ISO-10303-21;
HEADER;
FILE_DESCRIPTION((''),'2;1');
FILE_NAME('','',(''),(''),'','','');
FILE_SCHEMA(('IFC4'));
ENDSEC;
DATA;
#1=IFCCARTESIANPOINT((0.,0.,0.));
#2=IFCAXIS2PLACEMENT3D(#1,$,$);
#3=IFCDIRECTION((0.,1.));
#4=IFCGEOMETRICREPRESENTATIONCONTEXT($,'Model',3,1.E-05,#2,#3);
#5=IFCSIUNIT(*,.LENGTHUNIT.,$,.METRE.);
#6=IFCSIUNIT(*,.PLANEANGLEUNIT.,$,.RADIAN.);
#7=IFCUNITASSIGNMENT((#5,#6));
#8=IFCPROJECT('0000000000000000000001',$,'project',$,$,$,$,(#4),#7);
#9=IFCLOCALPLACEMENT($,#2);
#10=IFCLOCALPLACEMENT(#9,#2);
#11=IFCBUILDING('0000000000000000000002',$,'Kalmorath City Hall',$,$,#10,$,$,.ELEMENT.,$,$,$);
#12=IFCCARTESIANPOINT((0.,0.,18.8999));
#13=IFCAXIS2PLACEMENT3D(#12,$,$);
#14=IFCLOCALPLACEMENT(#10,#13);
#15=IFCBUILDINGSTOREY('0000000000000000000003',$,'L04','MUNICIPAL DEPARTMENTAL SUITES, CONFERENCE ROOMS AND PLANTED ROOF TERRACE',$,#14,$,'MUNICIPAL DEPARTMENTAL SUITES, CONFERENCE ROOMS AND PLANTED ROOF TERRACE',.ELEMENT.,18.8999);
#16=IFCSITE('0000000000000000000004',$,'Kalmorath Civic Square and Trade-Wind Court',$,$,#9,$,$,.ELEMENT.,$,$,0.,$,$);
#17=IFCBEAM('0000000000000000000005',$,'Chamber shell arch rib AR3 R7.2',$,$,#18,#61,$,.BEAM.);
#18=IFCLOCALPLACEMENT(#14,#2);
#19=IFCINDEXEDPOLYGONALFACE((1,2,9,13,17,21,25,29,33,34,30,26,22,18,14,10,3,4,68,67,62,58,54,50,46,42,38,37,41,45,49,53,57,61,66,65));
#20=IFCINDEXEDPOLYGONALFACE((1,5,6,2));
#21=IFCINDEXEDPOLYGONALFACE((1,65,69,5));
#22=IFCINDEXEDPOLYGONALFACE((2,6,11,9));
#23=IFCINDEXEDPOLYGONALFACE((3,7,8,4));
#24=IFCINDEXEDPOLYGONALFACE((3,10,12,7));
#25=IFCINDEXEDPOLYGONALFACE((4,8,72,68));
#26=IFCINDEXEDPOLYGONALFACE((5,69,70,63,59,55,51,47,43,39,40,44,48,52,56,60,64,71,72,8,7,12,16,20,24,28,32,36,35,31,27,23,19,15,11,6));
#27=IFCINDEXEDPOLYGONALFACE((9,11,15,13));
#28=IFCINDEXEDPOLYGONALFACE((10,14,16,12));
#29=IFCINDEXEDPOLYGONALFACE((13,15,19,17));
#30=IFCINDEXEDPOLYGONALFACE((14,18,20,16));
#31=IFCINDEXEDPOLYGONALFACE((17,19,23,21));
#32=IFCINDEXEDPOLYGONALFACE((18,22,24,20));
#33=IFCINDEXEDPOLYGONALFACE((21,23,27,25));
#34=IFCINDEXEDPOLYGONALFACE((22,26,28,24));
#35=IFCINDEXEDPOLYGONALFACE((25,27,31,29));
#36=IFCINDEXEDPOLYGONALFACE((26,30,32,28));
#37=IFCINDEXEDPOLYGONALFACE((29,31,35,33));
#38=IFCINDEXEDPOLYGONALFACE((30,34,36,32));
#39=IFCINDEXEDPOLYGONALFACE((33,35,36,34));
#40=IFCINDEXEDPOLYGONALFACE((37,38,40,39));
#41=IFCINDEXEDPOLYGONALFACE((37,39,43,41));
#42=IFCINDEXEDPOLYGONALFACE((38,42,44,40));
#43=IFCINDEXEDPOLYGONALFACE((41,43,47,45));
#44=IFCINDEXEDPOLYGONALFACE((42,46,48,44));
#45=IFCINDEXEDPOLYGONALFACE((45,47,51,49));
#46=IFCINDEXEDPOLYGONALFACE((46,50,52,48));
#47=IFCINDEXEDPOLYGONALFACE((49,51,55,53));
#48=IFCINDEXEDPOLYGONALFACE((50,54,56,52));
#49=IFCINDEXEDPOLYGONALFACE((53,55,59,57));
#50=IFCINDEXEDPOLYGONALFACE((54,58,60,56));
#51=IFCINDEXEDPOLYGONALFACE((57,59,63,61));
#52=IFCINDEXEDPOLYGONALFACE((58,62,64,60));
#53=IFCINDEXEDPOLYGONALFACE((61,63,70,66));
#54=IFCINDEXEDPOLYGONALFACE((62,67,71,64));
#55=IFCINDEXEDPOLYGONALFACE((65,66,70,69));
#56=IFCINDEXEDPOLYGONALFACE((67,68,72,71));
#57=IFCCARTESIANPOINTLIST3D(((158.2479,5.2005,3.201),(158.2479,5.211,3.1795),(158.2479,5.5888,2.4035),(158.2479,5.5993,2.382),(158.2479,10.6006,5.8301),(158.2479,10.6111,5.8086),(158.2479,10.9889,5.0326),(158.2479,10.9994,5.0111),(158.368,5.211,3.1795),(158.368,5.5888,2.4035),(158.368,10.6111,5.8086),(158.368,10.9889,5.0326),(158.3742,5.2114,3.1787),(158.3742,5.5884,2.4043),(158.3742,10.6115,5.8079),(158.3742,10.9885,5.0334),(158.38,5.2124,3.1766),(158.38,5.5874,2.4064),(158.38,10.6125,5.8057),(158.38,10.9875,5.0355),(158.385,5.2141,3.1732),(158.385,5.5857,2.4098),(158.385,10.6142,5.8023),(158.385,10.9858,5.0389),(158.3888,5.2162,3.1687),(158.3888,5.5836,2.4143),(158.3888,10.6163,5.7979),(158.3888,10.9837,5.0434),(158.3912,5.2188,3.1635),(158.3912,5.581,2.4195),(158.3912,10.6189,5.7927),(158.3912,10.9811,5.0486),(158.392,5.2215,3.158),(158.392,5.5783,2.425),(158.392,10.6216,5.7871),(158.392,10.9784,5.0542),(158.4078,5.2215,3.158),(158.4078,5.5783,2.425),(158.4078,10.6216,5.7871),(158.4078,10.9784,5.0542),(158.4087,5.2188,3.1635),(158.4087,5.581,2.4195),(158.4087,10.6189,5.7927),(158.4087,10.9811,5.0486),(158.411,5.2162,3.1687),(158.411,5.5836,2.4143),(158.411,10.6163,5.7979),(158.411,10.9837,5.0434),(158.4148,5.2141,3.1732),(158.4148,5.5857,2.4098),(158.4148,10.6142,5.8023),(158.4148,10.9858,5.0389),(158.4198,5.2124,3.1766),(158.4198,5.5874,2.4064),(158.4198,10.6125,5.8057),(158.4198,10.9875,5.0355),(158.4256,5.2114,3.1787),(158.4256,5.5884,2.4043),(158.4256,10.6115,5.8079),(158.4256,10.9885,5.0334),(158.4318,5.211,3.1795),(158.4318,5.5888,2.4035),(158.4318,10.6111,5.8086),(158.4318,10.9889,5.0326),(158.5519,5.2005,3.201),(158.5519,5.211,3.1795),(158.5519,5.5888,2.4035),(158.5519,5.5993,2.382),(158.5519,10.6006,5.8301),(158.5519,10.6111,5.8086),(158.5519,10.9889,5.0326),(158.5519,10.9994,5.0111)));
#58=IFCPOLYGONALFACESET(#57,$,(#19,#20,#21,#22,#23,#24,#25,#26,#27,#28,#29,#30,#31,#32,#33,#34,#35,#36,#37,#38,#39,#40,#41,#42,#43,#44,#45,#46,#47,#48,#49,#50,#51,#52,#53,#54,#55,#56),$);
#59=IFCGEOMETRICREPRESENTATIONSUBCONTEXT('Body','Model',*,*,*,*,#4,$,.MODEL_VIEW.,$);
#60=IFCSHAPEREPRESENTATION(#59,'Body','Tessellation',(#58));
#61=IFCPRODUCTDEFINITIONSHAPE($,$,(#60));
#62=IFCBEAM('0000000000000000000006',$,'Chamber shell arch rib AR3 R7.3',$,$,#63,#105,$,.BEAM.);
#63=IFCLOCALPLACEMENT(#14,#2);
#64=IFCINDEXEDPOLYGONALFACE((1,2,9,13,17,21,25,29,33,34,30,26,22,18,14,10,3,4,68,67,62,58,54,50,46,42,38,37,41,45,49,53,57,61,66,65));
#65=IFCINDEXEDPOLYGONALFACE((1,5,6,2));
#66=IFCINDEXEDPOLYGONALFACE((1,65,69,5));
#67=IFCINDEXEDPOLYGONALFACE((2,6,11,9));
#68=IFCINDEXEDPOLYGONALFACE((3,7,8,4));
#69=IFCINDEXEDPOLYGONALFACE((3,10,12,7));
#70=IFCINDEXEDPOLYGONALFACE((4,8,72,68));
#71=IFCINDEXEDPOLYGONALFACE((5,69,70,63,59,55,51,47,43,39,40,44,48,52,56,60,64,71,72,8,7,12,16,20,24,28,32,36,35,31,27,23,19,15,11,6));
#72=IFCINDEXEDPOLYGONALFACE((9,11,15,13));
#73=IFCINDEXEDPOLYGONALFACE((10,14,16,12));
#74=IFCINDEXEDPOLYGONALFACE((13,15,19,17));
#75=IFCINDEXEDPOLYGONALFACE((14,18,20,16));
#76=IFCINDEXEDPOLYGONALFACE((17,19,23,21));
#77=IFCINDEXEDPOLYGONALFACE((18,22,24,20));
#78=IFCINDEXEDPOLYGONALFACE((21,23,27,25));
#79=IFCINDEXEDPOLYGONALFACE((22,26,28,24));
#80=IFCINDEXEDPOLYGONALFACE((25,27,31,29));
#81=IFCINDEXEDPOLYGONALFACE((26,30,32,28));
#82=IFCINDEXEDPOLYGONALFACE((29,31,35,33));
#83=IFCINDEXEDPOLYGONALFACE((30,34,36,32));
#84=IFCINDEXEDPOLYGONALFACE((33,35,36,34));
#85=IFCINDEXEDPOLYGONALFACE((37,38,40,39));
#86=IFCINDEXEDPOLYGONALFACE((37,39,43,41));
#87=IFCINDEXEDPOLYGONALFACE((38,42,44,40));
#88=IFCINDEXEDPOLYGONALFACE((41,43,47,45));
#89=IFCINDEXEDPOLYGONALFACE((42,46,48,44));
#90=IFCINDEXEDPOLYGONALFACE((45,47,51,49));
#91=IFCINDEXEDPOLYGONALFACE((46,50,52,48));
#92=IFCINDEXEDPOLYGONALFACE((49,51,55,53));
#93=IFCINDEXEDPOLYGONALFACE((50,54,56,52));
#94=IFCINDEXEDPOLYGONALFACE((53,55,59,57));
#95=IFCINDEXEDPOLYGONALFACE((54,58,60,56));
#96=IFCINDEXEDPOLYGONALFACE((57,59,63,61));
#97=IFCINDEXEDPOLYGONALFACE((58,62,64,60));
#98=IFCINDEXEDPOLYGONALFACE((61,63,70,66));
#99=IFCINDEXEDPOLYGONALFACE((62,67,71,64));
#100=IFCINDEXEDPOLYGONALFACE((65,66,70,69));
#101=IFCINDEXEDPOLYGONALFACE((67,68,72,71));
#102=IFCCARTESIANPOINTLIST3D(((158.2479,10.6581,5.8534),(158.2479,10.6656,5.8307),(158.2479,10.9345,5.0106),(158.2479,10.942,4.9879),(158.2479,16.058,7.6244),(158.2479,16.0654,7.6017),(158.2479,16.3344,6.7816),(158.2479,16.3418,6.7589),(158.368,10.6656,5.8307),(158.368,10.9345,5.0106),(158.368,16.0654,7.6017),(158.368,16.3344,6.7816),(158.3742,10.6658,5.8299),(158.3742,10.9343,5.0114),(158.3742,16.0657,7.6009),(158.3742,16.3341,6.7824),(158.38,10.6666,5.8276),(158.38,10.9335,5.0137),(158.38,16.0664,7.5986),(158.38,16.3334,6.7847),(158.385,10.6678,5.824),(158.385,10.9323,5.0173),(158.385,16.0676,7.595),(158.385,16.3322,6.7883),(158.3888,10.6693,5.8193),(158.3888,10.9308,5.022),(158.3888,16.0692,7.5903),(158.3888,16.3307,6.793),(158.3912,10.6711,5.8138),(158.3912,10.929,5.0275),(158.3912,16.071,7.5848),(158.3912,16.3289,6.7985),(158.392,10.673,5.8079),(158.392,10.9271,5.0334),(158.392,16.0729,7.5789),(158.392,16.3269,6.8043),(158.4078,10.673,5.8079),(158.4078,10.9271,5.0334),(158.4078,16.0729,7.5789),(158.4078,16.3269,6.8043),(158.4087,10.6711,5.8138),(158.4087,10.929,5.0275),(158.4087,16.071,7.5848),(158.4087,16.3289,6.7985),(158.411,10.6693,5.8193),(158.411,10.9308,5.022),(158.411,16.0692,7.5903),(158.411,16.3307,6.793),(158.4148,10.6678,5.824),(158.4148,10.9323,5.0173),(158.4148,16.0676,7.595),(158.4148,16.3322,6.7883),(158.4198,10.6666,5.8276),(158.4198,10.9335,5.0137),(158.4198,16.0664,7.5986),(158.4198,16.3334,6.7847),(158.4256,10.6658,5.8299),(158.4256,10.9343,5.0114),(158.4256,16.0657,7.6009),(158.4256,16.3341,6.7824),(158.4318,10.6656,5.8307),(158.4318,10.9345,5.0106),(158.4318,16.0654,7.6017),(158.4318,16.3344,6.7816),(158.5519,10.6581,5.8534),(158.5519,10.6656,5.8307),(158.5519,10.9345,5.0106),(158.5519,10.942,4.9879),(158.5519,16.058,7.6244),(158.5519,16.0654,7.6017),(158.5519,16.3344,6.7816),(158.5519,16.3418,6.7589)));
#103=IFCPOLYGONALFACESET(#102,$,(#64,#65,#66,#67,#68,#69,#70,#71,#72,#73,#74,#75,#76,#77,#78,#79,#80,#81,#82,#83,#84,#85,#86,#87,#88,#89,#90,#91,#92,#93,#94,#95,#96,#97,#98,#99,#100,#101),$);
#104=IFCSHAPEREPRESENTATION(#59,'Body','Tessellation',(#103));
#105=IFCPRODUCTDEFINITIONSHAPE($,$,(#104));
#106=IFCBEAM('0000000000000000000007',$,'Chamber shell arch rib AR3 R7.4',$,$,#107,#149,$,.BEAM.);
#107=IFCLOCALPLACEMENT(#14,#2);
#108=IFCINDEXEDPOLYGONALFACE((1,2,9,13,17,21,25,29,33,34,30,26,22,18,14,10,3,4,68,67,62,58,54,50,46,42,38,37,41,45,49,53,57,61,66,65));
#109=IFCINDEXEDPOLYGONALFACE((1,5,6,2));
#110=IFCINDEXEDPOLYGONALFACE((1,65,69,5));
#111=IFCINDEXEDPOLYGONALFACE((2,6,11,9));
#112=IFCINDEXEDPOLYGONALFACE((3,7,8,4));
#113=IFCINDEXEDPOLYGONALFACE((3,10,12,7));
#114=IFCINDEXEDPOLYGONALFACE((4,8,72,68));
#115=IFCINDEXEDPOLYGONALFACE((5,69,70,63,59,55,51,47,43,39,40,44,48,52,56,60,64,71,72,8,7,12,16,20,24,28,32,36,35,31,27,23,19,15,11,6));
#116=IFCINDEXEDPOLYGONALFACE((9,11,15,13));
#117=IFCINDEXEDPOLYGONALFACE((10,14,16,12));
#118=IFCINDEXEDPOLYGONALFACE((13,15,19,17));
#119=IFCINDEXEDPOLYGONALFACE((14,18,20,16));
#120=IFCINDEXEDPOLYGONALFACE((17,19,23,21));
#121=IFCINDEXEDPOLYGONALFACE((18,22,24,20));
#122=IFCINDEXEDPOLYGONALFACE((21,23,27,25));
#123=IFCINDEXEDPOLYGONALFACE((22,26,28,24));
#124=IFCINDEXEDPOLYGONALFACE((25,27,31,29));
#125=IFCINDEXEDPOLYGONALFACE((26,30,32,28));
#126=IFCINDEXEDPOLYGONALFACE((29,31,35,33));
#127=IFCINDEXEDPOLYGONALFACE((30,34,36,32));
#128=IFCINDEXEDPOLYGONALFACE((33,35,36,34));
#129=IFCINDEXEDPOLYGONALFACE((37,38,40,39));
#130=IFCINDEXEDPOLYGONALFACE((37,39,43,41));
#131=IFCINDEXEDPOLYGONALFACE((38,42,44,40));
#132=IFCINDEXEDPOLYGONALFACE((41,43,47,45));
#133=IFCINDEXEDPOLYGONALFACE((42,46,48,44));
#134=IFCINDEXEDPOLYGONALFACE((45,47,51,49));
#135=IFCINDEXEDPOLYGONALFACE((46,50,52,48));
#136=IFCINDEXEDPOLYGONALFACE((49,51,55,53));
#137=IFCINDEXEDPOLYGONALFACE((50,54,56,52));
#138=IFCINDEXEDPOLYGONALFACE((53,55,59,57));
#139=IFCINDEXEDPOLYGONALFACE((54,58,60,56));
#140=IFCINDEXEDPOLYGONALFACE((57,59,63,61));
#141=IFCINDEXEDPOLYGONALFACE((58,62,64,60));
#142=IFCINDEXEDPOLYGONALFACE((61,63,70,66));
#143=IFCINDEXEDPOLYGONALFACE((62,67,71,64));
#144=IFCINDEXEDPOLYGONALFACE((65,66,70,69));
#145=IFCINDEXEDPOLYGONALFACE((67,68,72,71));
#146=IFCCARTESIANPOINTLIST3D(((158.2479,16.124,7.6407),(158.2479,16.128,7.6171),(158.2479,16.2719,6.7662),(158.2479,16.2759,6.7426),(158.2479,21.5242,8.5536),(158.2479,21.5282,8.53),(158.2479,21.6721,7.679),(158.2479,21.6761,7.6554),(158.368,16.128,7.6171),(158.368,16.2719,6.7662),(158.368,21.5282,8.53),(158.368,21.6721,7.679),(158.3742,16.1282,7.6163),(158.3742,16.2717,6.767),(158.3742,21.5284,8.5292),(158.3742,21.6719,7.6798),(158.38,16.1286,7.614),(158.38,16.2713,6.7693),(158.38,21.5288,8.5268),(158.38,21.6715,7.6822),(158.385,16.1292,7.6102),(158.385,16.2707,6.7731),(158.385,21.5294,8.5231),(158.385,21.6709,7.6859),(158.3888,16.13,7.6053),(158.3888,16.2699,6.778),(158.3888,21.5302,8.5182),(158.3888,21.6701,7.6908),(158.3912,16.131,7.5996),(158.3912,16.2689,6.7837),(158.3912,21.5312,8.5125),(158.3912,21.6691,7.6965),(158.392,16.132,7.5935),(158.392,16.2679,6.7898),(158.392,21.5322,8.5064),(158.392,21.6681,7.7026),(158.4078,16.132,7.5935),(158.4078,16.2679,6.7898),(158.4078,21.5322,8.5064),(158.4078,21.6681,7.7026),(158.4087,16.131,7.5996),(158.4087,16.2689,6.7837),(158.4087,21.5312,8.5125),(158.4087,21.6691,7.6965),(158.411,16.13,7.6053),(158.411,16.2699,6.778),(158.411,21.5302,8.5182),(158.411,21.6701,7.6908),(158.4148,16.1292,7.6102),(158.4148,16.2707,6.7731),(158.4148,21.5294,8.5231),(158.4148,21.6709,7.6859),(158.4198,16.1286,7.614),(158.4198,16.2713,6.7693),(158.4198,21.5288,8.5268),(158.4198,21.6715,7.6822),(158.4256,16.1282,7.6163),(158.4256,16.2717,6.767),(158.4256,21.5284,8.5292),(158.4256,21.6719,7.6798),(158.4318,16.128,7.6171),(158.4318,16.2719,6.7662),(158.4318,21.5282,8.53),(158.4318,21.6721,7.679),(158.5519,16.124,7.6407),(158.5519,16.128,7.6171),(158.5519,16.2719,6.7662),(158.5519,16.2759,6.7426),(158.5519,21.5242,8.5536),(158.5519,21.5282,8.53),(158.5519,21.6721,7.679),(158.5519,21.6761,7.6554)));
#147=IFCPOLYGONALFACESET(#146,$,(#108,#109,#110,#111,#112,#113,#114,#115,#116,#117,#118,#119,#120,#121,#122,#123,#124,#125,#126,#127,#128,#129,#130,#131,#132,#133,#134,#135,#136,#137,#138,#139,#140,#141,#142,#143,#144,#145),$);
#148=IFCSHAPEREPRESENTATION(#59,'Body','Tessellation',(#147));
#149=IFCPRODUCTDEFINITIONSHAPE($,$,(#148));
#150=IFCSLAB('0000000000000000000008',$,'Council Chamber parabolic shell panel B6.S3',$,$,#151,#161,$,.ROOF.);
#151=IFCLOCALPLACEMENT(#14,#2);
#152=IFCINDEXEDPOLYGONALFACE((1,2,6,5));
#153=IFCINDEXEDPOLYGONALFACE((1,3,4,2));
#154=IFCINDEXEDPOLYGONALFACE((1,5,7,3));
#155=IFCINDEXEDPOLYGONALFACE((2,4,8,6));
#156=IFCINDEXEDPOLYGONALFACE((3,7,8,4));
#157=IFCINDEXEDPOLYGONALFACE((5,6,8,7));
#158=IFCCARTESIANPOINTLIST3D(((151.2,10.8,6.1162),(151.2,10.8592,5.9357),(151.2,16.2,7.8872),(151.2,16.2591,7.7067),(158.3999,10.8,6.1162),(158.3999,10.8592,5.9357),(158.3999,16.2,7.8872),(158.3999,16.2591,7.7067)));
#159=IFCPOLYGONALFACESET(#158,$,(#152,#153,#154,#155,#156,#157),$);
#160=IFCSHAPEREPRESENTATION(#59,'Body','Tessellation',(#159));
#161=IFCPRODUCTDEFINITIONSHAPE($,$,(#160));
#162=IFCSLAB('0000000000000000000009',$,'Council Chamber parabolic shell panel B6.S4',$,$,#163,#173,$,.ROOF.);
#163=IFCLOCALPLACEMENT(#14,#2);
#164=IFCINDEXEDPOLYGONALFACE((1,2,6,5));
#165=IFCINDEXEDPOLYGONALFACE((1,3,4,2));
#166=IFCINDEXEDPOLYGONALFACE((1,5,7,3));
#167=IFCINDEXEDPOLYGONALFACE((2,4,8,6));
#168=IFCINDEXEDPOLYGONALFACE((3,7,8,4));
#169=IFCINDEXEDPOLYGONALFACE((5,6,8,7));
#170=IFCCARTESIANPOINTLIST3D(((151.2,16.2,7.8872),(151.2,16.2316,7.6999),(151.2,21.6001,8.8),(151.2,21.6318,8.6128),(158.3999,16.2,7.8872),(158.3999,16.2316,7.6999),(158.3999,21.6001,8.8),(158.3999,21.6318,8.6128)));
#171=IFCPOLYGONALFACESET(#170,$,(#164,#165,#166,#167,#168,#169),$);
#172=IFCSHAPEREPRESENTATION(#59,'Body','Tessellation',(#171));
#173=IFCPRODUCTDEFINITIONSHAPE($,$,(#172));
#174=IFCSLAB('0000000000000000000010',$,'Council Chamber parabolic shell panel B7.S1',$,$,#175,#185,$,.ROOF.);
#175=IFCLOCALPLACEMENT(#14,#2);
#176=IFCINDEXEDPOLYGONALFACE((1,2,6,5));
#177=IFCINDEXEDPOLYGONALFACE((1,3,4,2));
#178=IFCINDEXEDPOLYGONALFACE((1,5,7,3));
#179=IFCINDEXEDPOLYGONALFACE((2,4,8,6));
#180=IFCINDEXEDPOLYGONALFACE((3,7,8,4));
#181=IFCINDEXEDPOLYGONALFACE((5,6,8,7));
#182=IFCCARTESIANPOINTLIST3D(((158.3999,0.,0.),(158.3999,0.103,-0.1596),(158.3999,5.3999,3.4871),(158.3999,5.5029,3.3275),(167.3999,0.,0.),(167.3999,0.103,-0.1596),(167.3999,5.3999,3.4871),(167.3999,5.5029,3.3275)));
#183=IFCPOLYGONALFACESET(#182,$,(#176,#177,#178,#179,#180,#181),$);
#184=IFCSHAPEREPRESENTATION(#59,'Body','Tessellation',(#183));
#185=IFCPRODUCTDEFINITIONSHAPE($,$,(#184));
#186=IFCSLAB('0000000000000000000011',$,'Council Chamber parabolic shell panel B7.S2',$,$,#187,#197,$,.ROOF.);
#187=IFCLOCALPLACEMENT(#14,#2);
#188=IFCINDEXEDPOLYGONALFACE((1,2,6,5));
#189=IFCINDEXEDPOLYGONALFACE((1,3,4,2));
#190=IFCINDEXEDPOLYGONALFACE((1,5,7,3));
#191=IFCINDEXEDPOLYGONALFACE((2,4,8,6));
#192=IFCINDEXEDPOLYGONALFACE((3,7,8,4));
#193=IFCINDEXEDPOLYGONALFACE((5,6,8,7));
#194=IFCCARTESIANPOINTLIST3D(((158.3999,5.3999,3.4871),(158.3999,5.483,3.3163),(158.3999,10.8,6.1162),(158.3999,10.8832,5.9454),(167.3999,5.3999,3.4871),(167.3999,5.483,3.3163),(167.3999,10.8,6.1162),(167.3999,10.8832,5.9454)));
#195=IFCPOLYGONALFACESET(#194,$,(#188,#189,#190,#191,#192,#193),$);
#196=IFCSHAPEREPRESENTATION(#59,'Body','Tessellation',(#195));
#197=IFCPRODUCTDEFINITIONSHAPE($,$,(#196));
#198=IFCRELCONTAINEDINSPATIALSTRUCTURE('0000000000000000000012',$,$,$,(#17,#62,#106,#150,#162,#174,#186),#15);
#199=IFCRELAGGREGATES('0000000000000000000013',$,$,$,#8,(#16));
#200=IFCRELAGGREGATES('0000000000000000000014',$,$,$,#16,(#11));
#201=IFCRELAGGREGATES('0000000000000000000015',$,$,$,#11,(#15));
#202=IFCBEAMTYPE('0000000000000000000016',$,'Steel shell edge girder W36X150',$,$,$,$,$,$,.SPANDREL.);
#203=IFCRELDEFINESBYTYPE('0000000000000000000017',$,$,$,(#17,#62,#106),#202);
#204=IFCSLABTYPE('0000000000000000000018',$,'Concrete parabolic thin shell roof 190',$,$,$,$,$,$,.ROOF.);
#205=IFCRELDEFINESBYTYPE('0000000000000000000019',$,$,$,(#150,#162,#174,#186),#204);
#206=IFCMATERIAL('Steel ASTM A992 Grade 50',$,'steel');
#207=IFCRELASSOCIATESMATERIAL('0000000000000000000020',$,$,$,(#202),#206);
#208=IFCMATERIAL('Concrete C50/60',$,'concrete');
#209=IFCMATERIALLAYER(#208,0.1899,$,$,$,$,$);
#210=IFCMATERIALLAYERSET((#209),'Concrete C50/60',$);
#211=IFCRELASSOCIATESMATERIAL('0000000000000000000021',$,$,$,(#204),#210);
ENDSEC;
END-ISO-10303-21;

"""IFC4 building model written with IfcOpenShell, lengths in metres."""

from ifc_helpers import new_model, si_unit, direction, frame, origin, origin_2d, place, context, subcontext, project, spatial, polyline, i_section, outline, extrude, material, layer, layer_set, material_profile, profile_set, type_object, element, save


model = new_model("IFC4")

# Units and contexts
model_context = context("Model", 3, precision=1e-05, world=origin(), true_north=direction((0.0, 1.0)))
body_context = subcontext(model_context, "Body", "Model", "MODEL_VIEW")
ifc_project = project(units=[si_unit("LENGTHUNIT", "METRE"), si_unit("PLANEANGLEUNIT", "RADIAN")], contexts=[model_context])

# Site, building, storey
site_placement = place(None, origin())
site = spatial("IfcSite", under=ifc_project, at=site_placement, Name="Kalmorath Civic Square and Trade-Wind Court", CompositionType="ELEMENT", RefElevation=0.0)
building_placement = place(site_placement, origin())
building = spatial("IfcBuilding", under=site, at=building_placement, Name="Kalmorath City Hall", CompositionType="ELEMENT")
storey_placement = place(building_placement, frame((0.0, 0.0, 18.8999)))
storey = spatial("IfcBuildingStorey", under=building, at=storey_placement, Name="L04", Description="MUNICIPAL DEPARTMENTAL SUITES, CONFERENCE ROOMS AND PLANTED ROOF TERRACE", LongName="MUNICIPAL DEPARTMENTAL SUITES, CONFERENCE ROOMS AND PLANTED ROOF TERRACE", CompositionType="ELEMENT", Elevation=18.8999)

# Beams
ifc_material_1 = material(Name="Steel ASTM A992 Grade 50", Category="steel")
ifc_material_profile_1 = material_profile(ifc_material_1, i_section(OverallWidth=0.304, OverallDepth=0.9109, WebThickness=0.0159, FlangeThickness=0.0239, FilletRadius=0.0239, at=origin_2d()), Name="W36X150")
ifc_profile_set_1 = profile_set([ifc_material_profile_1], Name="Steel ASTM A992 Grade 50")
beam_type_1 = type_object("IfcBeamType", Name="Steel shell edge girder W36X150", PredefinedType="SPANDREL", material=ifc_profile_set_1)
beam_1_placement = place(storey_placement, frame((158.3999, 5.3999, 2.7915), z_axis=(0.0, 0.899101, 0.437742), x_axis=(-1.0, 0.0, 0.0)))
element("IfcBeam", 1, at=beam_1_placement, inside=storey, type_object=beam_type_1, Name="Chamber shell arch rib AR3 R7.2", PredefinedType="BEAM", context=body_context, shape_type="SweptSolid", body=[
    extrude(i_section(OverallWidth=0.304, OverallDepth=0.9109, WebThickness=0.0159, FlangeThickness=0.0239, FilletRadius=0.0239, at=origin_2d()), origin(), (0.0, 0.0, 1.0), 6.0061),
])
beam_2_placement = place(storey_placement, frame((158.3999, 10.8, 5.4207), z_axis=(0.0, 0.950202, 0.311636), x_axis=(-1.0, 0.0, 0.0)))
element("IfcBeam", 2, at=beam_2_placement, inside=storey, type_object=beam_type_1, Name="Chamber shell arch rib AR3 R7.3", PredefinedType="BEAM", context=body_context, shape_type="SweptSolid", body=[
    extrude(i_section(OverallWidth=0.304, OverallDepth=0.9109, WebThickness=0.0159, FlangeThickness=0.0239, FilletRadius=0.0239, at=origin_2d()), origin(), (0.0, 0.0, 1.0), 5.6829),
])
beam_3_placement = place(storey_placement, frame((158.3999, 16.2, 7.1917), z_axis=(0.0, 0.986012, 0.166676), x_axis=(-1.0, 0.0, 0.0)))
element("IfcBeam", 3, at=beam_3_placement, inside=storey, type_object=beam_type_1, Name="Chamber shell arch rib AR3 R7.4", PredefinedType="BEAM", context=body_context, shape_type="SweptSolid", body=[
    extrude(i_section(OverallWidth=0.304, OverallDepth=0.9109, WebThickness=0.0159, FlangeThickness=0.0239, FilletRadius=0.0239, at=origin_2d()), origin(), (0.0, 0.0, 1.0), 5.4768),
])

# Slabs
ifc_material_2 = material(Name="Concrete C50/60", Category="concrete")
ifc_layer_1 = layer(ifc_material_2, 0.1899)
ifc_layer_set_1 = layer_set([ifc_layer_1], Name="Concrete C50/60")
slab_type = type_object("IfcSlabType", Name="Concrete parabolic thin shell roof 190", PredefinedType="ROOF", material=ifc_layer_set_1)
slab_1_placement = place(storey_placement, frame((151.2, 10.8, 6.1162), z_axis=(0.0, -0.311636, 0.950202), x_axis=(1.0, 0.0, 0.0)))
element("IfcSlab", 4, at=slab_1_placement, inside=storey, type_object=slab_type, Name="Council Chamber parabolic shell panel B6.S3", PredefinedType="ROOF", context=body_context, shape_type="SweptSolid", body=[
    extrude(outline(polyline([(0.0, 0.0), (7.2, 0.0), (7.2, 5.6829), (0.0, 5.6829), (0.0, 0.0)])), origin(), (0.0, 0.0, -1.0), 0.1899),
])
slab_2_placement = place(storey_placement, frame((151.2, 16.2, 7.8872), z_axis=(0.0, -0.166676, 0.986012), x_axis=(1.0, 0.0, 0.0)))
element("IfcSlab", 5, at=slab_2_placement, inside=storey, type_object=slab_type, Name="Council Chamber parabolic shell panel B6.S4", PredefinedType="ROOF", context=body_context, shape_type="SweptSolid", body=[
    extrude(outline(polyline([(0.0, 0.0), (7.2, 0.0), (7.2, 5.4768), (0.0, 5.4768), (0.0, 0.0)])), origin(), (0.0, 0.0, -1.0), 0.1899),
])
slab_3_placement = place(storey_placement, frame((158.3999, 0.0, 0.0), z_axis=(0.0, -0.542484, 0.840066), x_axis=(1.0, 0.0, 0.0)))
element("IfcSlab", 6, at=slab_3_placement, inside=storey, type_object=slab_type, Name="Council Chamber parabolic shell panel B7.S1", PredefinedType="ROOF", context=body_context, shape_type="SweptSolid", body=[
    extrude(outline(polyline([(0.0, 0.0), (9.0, 0.0), (9.0, 6.4279), (0.0, 6.4279), (0.0, 0.0)])), origin(), (0.0, 0.0, -1.0), 0.1899),
])
slab_4_placement = place(storey_placement, frame((158.3999, 5.3999, 3.4871), z_axis=(0.0, -0.437742, 0.899101), x_axis=(1.0, 0.0, 0.0)))
element("IfcSlab", 7, at=slab_4_placement, inside=storey, type_object=slab_type, Name="Council Chamber parabolic shell panel B7.S2", PredefinedType="ROOF", context=body_context, shape_type="SweptSolid", body=[
    extrude(outline(polyline([(0.0, 0.0), (9.0, 0.0), (9.0, 6.0062), (0.0, 6.0062), (0.0, 0.0)])), origin(), (0.0, 0.0, -1.0), 0.1899),
])

save(model, "model.ifc")
